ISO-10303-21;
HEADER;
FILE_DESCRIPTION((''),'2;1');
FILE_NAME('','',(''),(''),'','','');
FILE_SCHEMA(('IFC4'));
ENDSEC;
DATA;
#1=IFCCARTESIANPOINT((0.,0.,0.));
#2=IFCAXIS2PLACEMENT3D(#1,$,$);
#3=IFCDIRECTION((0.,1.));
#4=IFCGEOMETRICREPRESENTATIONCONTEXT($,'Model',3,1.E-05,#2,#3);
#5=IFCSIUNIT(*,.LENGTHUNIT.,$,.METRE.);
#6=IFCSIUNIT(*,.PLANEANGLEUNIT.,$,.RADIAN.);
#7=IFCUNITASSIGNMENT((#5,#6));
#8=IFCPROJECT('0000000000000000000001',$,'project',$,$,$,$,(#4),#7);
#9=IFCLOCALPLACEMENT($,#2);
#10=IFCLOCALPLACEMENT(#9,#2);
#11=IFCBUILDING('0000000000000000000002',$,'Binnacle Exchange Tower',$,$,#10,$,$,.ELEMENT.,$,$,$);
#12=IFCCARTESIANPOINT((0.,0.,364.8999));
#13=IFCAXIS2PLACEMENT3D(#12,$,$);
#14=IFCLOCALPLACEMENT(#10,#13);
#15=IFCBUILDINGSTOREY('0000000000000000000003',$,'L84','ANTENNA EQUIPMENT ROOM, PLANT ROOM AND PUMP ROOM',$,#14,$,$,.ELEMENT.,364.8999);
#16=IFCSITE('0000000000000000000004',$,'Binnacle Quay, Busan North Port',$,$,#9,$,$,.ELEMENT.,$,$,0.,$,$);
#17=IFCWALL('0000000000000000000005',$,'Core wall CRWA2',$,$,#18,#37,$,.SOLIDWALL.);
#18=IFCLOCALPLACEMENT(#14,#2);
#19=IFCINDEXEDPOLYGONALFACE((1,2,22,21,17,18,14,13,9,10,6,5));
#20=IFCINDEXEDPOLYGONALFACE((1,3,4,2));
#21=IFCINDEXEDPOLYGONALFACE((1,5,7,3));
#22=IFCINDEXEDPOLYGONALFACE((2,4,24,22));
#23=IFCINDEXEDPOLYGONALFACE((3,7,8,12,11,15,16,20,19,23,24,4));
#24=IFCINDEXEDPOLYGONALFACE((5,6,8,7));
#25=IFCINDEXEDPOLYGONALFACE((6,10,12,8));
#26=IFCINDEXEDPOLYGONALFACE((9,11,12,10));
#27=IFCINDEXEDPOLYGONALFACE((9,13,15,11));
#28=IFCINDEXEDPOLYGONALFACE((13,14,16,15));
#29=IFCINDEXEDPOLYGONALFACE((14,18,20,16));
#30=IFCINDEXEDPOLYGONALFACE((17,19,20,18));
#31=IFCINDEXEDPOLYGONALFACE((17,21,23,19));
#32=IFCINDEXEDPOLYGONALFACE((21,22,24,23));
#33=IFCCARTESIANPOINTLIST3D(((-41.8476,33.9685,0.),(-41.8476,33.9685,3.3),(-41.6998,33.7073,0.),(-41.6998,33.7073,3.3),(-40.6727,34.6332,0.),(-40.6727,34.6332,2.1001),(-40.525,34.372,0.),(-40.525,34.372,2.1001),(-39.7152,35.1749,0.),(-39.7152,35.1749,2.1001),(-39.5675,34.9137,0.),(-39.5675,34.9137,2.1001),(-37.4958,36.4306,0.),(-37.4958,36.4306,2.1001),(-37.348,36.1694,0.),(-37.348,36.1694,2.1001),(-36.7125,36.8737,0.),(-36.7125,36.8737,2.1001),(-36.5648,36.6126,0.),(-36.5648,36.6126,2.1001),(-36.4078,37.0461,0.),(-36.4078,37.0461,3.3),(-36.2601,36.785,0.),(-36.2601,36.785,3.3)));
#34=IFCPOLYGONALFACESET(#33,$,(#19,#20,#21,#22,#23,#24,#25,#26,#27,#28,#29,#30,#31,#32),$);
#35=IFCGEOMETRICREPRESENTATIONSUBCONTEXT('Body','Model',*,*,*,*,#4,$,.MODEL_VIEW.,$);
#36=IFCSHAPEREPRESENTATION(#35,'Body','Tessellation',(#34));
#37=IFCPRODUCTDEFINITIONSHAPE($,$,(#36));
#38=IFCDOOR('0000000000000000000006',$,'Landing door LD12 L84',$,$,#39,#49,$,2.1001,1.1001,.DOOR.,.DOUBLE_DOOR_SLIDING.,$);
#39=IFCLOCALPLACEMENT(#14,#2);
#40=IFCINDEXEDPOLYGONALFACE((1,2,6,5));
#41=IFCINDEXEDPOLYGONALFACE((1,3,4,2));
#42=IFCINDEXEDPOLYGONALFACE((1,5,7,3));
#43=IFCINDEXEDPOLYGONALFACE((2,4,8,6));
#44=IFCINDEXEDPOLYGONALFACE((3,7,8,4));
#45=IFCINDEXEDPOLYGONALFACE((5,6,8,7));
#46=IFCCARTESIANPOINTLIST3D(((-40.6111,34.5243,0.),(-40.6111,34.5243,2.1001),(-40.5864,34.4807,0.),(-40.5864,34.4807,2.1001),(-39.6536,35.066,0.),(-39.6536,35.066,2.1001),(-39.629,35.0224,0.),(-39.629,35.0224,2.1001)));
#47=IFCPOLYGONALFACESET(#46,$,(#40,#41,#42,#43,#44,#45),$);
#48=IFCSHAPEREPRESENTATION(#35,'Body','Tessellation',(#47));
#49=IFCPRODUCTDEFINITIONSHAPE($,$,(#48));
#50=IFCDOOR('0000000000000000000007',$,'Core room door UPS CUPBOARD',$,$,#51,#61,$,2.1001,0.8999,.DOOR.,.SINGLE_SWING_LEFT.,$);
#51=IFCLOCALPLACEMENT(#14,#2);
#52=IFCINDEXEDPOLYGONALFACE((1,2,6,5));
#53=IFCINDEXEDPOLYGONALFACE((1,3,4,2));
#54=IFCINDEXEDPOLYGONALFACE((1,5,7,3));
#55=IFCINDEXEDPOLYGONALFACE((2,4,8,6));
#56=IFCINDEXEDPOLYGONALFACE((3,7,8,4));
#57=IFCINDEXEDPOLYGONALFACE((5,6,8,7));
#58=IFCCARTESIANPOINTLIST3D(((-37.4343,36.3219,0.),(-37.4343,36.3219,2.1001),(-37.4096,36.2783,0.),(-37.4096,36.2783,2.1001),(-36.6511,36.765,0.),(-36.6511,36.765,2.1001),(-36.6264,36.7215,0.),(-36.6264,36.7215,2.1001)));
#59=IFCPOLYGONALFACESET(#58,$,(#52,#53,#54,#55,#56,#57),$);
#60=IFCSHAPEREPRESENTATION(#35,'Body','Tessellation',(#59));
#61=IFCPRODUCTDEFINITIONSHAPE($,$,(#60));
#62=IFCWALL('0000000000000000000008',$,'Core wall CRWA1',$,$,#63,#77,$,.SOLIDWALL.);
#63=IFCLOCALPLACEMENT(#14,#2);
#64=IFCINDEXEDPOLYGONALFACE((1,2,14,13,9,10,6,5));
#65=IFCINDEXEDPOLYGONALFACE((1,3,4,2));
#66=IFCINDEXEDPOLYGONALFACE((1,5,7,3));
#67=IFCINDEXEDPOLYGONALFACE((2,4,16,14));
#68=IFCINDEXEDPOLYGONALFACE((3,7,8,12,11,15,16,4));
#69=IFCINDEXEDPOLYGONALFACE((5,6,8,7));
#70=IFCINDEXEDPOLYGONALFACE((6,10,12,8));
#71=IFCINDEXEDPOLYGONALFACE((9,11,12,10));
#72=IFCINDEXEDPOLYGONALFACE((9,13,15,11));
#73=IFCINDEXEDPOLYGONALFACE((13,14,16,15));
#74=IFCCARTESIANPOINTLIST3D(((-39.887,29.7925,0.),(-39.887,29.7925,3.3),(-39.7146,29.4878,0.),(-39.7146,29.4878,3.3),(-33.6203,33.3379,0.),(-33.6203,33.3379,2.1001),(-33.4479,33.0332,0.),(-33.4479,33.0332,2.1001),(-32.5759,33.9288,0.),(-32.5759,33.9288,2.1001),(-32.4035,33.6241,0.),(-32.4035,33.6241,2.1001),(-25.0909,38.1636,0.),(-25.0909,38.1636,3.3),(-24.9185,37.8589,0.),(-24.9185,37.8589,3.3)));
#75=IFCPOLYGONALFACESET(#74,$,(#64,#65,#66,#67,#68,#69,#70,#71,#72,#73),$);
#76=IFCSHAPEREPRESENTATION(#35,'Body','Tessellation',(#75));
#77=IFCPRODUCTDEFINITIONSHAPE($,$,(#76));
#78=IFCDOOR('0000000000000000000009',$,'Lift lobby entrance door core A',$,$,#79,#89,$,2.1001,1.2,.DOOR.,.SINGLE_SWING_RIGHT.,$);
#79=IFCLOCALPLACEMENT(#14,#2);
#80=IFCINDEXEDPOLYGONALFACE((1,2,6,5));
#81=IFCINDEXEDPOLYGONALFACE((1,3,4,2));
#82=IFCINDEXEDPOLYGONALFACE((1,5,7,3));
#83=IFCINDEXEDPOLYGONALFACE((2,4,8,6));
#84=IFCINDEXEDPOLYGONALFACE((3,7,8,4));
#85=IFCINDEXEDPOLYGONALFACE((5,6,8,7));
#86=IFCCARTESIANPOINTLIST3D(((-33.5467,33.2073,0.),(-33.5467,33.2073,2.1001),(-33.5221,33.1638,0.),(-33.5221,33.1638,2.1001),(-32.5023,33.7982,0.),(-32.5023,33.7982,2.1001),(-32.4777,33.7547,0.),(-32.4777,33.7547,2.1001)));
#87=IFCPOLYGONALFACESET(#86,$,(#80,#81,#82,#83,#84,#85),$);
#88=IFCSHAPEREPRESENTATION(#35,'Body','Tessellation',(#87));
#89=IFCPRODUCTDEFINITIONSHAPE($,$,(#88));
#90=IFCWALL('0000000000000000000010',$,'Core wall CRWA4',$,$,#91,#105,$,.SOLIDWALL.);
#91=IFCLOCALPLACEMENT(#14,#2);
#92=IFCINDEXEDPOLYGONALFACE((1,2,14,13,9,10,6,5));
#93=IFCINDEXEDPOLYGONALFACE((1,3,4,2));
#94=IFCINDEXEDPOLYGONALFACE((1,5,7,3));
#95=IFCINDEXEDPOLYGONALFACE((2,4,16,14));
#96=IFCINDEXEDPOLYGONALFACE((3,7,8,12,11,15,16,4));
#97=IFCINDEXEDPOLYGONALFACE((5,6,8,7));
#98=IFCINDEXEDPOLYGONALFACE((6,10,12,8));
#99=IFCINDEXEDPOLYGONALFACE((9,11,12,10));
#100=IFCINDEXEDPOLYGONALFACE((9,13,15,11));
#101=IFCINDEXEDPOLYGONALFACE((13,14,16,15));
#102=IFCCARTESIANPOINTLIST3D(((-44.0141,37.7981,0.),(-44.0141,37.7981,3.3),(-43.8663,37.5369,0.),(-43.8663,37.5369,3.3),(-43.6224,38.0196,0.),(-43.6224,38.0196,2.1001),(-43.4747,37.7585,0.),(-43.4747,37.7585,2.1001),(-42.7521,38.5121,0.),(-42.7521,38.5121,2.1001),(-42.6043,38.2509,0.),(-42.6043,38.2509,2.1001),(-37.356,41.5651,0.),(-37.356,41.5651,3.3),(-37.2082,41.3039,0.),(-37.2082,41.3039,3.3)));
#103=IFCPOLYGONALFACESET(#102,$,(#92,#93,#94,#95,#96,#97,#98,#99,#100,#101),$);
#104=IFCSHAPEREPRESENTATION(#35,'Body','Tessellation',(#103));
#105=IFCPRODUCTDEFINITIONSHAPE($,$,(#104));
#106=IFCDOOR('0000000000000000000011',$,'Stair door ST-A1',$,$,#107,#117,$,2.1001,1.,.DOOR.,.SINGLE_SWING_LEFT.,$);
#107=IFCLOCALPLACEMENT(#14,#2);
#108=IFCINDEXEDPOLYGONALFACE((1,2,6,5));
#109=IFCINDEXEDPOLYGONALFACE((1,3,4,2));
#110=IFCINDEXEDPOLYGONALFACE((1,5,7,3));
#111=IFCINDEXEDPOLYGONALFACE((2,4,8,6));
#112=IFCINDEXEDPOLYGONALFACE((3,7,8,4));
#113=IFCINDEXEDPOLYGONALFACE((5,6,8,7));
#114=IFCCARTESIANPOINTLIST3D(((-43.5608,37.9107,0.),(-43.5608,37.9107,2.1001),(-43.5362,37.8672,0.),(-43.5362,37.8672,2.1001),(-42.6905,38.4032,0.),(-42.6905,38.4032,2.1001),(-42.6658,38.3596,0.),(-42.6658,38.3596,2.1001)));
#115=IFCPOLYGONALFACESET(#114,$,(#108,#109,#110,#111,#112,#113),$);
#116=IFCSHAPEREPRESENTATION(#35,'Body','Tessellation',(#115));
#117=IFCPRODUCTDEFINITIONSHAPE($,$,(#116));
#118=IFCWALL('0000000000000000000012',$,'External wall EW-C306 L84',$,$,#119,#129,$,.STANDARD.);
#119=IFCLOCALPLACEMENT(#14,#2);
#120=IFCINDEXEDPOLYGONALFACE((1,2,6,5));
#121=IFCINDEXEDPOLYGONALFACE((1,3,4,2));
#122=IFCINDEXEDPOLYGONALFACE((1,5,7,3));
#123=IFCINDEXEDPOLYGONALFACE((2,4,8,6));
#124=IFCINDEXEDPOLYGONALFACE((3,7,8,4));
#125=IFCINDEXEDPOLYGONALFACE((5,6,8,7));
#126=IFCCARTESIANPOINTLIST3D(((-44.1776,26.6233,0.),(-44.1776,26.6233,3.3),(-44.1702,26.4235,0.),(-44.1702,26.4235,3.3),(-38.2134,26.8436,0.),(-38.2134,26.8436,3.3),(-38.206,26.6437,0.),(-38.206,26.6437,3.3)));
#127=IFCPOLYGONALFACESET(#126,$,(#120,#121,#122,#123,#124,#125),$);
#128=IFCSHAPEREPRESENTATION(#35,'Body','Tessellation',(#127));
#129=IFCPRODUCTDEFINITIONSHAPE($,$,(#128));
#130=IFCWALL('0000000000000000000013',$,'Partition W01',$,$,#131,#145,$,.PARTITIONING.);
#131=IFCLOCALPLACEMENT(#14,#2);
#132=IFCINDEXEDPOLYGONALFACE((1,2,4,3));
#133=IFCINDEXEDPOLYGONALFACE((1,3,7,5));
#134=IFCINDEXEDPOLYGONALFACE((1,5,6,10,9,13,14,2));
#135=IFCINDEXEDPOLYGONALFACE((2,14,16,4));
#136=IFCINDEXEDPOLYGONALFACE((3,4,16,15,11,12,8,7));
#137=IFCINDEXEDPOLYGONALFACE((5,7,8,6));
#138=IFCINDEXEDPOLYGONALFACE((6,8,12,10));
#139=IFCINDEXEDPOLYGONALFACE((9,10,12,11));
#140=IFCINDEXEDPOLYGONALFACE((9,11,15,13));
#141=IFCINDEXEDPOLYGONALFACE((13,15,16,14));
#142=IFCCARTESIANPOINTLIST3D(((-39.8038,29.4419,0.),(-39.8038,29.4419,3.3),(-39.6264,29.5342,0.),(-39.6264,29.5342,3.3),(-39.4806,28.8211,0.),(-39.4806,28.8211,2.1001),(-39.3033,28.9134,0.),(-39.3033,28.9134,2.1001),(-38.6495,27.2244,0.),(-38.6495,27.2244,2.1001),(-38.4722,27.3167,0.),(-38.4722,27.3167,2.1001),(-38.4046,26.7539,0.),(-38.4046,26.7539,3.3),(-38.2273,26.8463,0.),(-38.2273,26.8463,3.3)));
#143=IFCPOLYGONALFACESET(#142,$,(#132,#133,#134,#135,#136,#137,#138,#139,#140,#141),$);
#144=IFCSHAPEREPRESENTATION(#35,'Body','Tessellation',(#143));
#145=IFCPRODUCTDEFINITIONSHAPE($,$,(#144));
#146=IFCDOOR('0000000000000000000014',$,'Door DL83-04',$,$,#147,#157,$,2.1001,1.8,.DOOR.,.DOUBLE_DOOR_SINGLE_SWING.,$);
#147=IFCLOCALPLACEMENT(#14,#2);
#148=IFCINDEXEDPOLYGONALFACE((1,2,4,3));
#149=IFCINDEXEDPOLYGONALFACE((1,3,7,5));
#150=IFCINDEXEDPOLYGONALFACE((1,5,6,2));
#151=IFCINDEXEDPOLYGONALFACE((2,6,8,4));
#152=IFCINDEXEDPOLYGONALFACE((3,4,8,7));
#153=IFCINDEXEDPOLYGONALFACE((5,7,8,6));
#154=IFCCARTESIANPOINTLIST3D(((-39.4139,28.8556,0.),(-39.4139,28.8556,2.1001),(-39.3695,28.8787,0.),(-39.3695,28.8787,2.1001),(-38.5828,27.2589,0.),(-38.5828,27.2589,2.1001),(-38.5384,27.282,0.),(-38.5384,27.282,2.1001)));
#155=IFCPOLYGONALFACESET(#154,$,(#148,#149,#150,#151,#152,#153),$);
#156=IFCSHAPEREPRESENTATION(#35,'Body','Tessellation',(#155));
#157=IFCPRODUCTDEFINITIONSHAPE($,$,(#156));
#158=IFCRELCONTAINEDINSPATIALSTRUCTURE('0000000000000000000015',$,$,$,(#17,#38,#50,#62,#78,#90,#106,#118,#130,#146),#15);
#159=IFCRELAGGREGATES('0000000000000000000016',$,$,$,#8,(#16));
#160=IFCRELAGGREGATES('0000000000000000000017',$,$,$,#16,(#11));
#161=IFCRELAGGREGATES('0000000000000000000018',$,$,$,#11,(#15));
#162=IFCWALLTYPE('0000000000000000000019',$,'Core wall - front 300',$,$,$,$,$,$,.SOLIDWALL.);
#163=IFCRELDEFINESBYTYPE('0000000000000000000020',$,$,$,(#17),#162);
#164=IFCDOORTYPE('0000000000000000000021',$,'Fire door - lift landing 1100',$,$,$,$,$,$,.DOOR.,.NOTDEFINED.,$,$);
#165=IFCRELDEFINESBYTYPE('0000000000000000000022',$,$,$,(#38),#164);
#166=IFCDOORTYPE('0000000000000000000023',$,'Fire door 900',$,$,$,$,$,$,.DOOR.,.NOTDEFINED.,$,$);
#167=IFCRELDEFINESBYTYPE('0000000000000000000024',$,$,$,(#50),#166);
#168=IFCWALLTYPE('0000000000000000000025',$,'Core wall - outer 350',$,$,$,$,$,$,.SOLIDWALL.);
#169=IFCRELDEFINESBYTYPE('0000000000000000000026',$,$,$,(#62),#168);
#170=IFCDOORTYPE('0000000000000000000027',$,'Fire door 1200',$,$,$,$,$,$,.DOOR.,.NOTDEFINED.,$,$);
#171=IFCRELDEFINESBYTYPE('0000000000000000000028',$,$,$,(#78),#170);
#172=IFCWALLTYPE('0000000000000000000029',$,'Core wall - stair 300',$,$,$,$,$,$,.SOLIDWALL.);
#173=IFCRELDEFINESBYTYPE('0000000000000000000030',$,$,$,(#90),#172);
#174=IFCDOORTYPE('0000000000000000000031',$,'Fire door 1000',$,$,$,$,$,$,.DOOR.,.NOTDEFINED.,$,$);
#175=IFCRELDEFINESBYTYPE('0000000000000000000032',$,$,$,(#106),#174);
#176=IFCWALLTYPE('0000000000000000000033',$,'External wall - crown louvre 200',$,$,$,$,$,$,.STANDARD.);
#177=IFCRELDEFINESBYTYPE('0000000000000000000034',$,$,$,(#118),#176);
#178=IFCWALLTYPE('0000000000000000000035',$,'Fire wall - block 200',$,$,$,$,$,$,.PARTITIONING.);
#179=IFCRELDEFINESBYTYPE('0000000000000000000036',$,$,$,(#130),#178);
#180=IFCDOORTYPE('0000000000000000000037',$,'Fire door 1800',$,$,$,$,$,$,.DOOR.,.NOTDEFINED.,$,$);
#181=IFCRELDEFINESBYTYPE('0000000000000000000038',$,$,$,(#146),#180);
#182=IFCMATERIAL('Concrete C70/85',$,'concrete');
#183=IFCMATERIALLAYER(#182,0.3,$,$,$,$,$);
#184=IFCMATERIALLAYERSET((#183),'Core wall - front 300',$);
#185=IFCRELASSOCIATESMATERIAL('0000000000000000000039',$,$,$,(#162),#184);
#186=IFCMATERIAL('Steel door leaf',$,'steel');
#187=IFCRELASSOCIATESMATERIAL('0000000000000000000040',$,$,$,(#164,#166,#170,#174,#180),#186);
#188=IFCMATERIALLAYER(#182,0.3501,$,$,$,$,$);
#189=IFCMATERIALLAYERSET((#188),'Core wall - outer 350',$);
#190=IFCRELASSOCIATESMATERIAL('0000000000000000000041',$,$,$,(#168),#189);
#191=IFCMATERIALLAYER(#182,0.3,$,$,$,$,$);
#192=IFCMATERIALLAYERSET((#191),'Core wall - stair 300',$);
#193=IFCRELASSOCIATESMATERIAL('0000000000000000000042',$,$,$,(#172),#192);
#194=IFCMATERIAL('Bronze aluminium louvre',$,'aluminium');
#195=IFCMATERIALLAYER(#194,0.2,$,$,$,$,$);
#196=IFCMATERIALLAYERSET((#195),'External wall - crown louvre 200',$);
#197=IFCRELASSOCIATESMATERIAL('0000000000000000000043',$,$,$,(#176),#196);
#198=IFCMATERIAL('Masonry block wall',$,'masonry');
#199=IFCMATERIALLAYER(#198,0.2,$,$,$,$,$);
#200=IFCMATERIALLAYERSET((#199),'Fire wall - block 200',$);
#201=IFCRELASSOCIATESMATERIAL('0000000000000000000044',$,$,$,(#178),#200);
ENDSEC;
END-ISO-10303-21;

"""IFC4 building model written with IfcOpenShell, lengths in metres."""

from ifc_helpers import new_model, si_unit, direction, frame, frame_2d, origin, place, context, subcontext, project, spatial, rectangle, extrude, material, layer, layer_set, type_object, element, fill, save


model = new_model("IFC4")

# Units and contexts
model_context = context("Model", 3, precision=1e-05, world=origin(), true_north=direction((0.0, 1.0)))
body_context = subcontext(model_context, "Body", "Model", "MODEL_VIEW")
ifc_project = project(units=[si_unit("LENGTHUNIT", "METRE"), si_unit("PLANEANGLEUNIT", "RADIAN")], contexts=[model_context])

# Site, building, storey
site_placement = place(None, origin())
site = spatial("IfcSite", under=ifc_project, at=site_placement, Name="Binnacle Quay, Busan North Port", CompositionType="ELEMENT", RefElevation=0.0)
building_placement = place(site_placement, origin())
building = spatial("IfcBuilding", under=site, at=building_placement, Name="Binnacle Exchange Tower", CompositionType="ELEMENT")
storey_placement = place(building_placement, frame((0.0, 0.0, 364.8999)))
storey = spatial("IfcBuildingStorey", under=building, at=storey_placement, Name="L84", Description="ANTENNA EQUIPMENT ROOM, PLANT ROOM AND PUMP ROOM", CompositionType="ELEMENT", Elevation=364.8999)

# Wall, openings, doors
ifc_material_1 = material(Name="Concrete C70/85", Category="concrete")
ifc_layer_1 = layer(ifc_material_1, 0.3)
ifc_layer_set_1 = layer_set([ifc_layer_1], Name="Core wall - front 300")
wall_type_1 = type_object("IfcWallType", Name="Core wall - front 300", PredefinedType="SOLIDWALL", material=ifc_layer_set_1)
wall_1_placement = place(storey_placement, frame((-41.7737, 33.8379, 0.0), z_axis=(0.0, 0.0, 1.0), x_axis=(0.870355, 0.492424, 0.0)))
wall_1 = element("IfcWall", 1, at=wall_1_placement, inside=storey, type_object=wall_type_1, Name="Core wall CRWA2", PredefinedType="SOLIDWALL", context=body_context, shape_type="SweptSolid", body=[
    extrude(rectangle(XDim=6.25, YDim=0.3, at=frame_2d((3.125, 0.0))), origin(), (0.0, 0.0, 1.0), 3.3),
])
opening_1_placement = place(wall_1_placement, frame((1.3499, 0.0, 0.0)))
opening_1 = element("IfcOpeningElement", 2, at=opening_1_placement, cuts=wall_1, PredefinedType="OPENING", context=body_context, shape_type="SweptSolid", body=[
    extrude(rectangle(XDim=1.1001, YDim=2.1001, at=frame_2d((0.55, 1.05))), frame((0.0, 0.1599, 0.0), z_axis=(0.0, -1.0, 0.0), x_axis=(1.0, 0.0, 0.0)), (0.0, 0.0, 1.0), 0.3201),
])
opening_2_placement = place(wall_1_placement, frame((5.0, 0.0, 0.0)))
opening_2 = element("IfcOpeningElement", 3, at=opening_2_placement, cuts=wall_1, PredefinedType="OPENING", context=body_context, shape_type="SweptSolid", body=[
    extrude(rectangle(XDim=0.8999, YDim=2.1001, at=frame_2d((0.45, 1.05))), frame((0.0, 0.1599, 0.0), z_axis=(0.0, -1.0, 0.0), x_axis=(1.0, 0.0, 0.0)), (0.0, 0.0, 1.0), 0.3201),
])
ifc_material_2 = material(Name="Steel door leaf", Category="steel")
door_type_1 = type_object("IfcDoorType", Name="Fire door - lift landing 1100", OperationType="NOTDEFINED", PredefinedType="DOOR", material=ifc_material_2)
door_1_placement = place(opening_1_placement, origin())
door_1 = element("IfcDoor", 4, at=door_1_placement, inside=storey, type_object=door_type_1, Name="Landing door LD12 L84", OperationType="DOUBLE_DOOR_SLIDING", OverallHeight=2.1001, OverallWidth=1.1001, PredefinedType="DOOR", context=body_context, shape_type="SweptSolid", body=[
    extrude(rectangle(XDim=1.1001, YDim=2.1001, at=frame_2d((0.55, 1.05))), frame((0.0, 0.0249, 0.0), z_axis=(0.0, -1.0, 0.0), x_axis=(1.0, 0.0, 0.0)), (0.0, 0.0, 1.0), 0.05),
])
fill(opening_1, door_1)
door_type_2 = type_object("IfcDoorType", Name="Fire door 900", OperationType="NOTDEFINED", PredefinedType="DOOR", material=ifc_material_2)
door_2_placement = place(opening_2_placement, frame((0.8999, 0.0, 0.0), z_axis=(0.0, 0.0, 1.0), x_axis=(-1.0, 0.0, 0.0)))
door_2 = element("IfcDoor", 5, at=door_2_placement, inside=storey, type_object=door_type_2, Name="Core room door UPS CUPBOARD", OperationType="SINGLE_SWING_LEFT", OverallHeight=2.1001, OverallWidth=0.8999, PredefinedType="DOOR", context=body_context, shape_type="SweptSolid", body=[
    extrude(rectangle(XDim=0.8999, YDim=2.1001, at=frame_2d((0.45, 1.05))), frame((0.0, 0.0249, 0.0), z_axis=(0.0, -1.0, 0.0), x_axis=(1.0, 0.0, 0.0)), (0.0, 0.0, 1.0), 0.05),
])
fill(opening_2, door_2)

# Walls, openings, doors
ifc_layer_2 = layer(ifc_material_1, 0.3501)
ifc_layer_set_2 = layer_set([ifc_layer_2], Name="Core wall - outer 350")
wall_type_2 = type_object("IfcWallType", Name="Core wall - outer 350", PredefinedType="SOLIDWALL", material=ifc_layer_set_2)
wall_2_placement = place(storey_placement, frame((-39.8008, 29.6401, 0.0), z_axis=(0.0, 0.0, 1.0), x_axis=(0.87036, 0.492416, 0.0)))
wall_2 = element("IfcWall", 6, at=wall_2_placement, inside=storey, type_object=wall_type_2, Name="Core wall CRWA1", PredefinedType="SOLIDWALL", context=body_context, shape_type="SweptSolid", body=[
    extrude(rectangle(XDim=17.0, YDim=0.3501, at=frame_2d((8.5, 0.0))), origin(), (0.0, 0.0, 1.0), 3.3),
])
opening_3_placement = place(wall_2_placement, frame((7.2, 0.0, 0.0)))
opening_3 = element("IfcOpeningElement", 7, at=opening_3_placement, cuts=wall_2, PredefinedType="OPENING", context=body_context, shape_type="SweptSolid", body=[
    extrude(rectangle(XDim=1.2, YDim=2.1001, at=frame_2d((0.6001, 1.05))), frame((0.0, 0.1851, 0.0), z_axis=(0.0, -1.0, 0.0), x_axis=(1.0, 0.0, 0.0)), (0.0, 0.0, 1.0), 0.3701),
])
door_type_3 = type_object("IfcDoorType", Name="Fire door 1200", OperationType="NOTDEFINED", PredefinedType="DOOR", material=ifc_material_2)
door_3_placement = place(opening_3_placement, frame((1.2, 0.0, 0.0), z_axis=(0.0, 0.0, 1.0), x_axis=(-1.0, 0.0, 0.0)))
door_3 = element("IfcDoor", 8, at=door_3_placement, inside=storey, type_object=door_type_3, Name="Lift lobby entrance door core A", OperationType="SINGLE_SWING_RIGHT", OverallHeight=2.1001, OverallWidth=1.2, PredefinedType="DOOR", context=body_context, shape_type="SweptSolid", body=[
    extrude(rectangle(XDim=1.2, YDim=2.1001, at=frame_2d((0.6001, 1.05))), frame((0.0, 0.0249, 0.0), z_axis=(0.0, -1.0, 0.0), x_axis=(1.0, 0.0, 0.0)), (0.0, 0.0, 1.0), 0.05),
])
fill(opening_3, door_3)
ifc_layer_3 = layer(ifc_material_1, 0.3)
ifc_layer_set_3 = layer_set([ifc_layer_3], Name="Core wall - stair 300")
wall_type_3 = type_object("IfcWallType", Name="Core wall - stair 300", PredefinedType="SOLIDWALL", material=ifc_layer_set_3)
wall_3_placement = place(storey_placement, frame((-43.9402, 37.6675, 0.0), z_axis=(0.0, 0.0, 1.0), x_axis=(0.870352, 0.492429, 0.0)))
wall_3 = element("IfcWall", 9, at=wall_3_placement, inside=storey, type_object=wall_type_3, Name="Core wall CRWA4", PredefinedType="SOLIDWALL", context=body_context, shape_type="SweptSolid", body=[
    extrude(rectangle(XDim=7.6499, YDim=0.3, at=frame_2d((3.825, 0.0))), origin(), (0.0, 0.0, 1.0), 3.3),
])
opening_4_placement = place(wall_3_placement, frame((0.45, 0.0, 0.0)))
opening_4 = element("IfcOpeningElement", 10, at=opening_4_placement, cuts=wall_3, PredefinedType="OPENING", context=body_context, shape_type="SweptSolid", body=[
    extrude(rectangle(XDim=1.0, YDim=2.1001, at=frame_2d((0.5, 1.05))), frame((0.0, 0.1599, 0.0), z_axis=(0.0, -1.0, 0.0), x_axis=(1.0, 0.0, 0.0)), (0.0, 0.0, 1.0), 0.3201),
])
door_type_4 = type_object("IfcDoorType", Name="Fire door 1000", OperationType="NOTDEFINED", PredefinedType="DOOR", material=ifc_material_2)
door_4_placement = place(opening_4_placement, origin())
door_4 = element("IfcDoor", 11, at=door_4_placement, inside=storey, type_object=door_type_4, Name="Stair door ST-A1", OperationType="SINGLE_SWING_LEFT", OverallHeight=2.1001, OverallWidth=1.0, PredefinedType="DOOR", context=body_context, shape_type="SweptSolid", body=[
    extrude(rectangle(XDim=1.0, YDim=2.1001, at=frame_2d((0.5, 1.05))), frame((0.0, 0.0249, 0.0), z_axis=(0.0, -1.0, 0.0), x_axis=(1.0, 0.0, 0.0)), (0.0, 0.0, 1.0), 0.05),
])
fill(opening_4, door_4)

# Wall
ifc_material_3 = material(Name="Bronze aluminium louvre", Category="aluminium")
ifc_layer_4 = layer(ifc_material_3, 0.2)
ifc_layer_set_4 = layer_set([ifc_layer_4], Name="External wall - crown louvre 200")
wall_type_4 = type_object("IfcWallType", Name="External wall - crown louvre 200", PredefinedType="STANDARD", material=ifc_layer_set_4)
wall_4_placement = place(storey_placement, frame((-38.2097, 26.7437, 0.0), z_axis=(0.0, 0.0, 1.0), x_axis=(-0.999319, -0.036898, 0.0)))
element("IfcWall", 12, at=wall_4_placement, inside=storey, type_object=wall_type_4, Name="External wall EW-C306 L84", PredefinedType="STANDARD", context=body_context, shape_type="SweptSolid", body=[
    extrude(rectangle(XDim=5.9683, YDim=0.2, at=frame_2d((2.9841, 0.0))), origin(), (0.0, 0.0, 1.0), 3.3),
])

# Wall, opening, door
ifc_material_4 = material(Name="Masonry block wall", Category="masonry")
ifc_layer_5 = layer(ifc_material_4, 0.2)
ifc_layer_set_5 = layer_set([ifc_layer_5], Name="Fire wall - block 200")
wall_type_5 = type_object("IfcWallType", Name="Fire wall - block 200", PredefinedType="PARTITIONING", material=ifc_layer_set_5)
wall_5_placement = place(storey_placement, frame((-39.7151, 29.488, 0.0), z_axis=(0.0, 0.0, 1.0), x_axis=(0.461721, -0.887025, 0.0)))
wall_5 = element("IfcWall", 13, at=wall_5_placement, inside=storey, type_object=wall_type_5, Name="Partition W01", PredefinedType="PARTITIONING", context=body_context, shape_type="SweptSolid", body=[
    extrude(rectangle(XDim=3.0303, YDim=0.2, at=frame_2d((1.5151, 0.0))), origin(), (0.0, 0.0, 1.0), 3.3),
])
opening_5_placement = place(wall_5_placement, frame((0.7, 0.0, 0.0)))
opening_5 = element("IfcOpeningElement", 14, at=opening_5_placement, cuts=wall_5, PredefinedType="OPENING", context=body_context, shape_type="SweptSolid", body=[
    extrude(rectangle(XDim=1.8, YDim=2.1001, at=frame_2d((0.8999, 1.05))), frame((0.0, 0.1099, 0.0), z_axis=(0.0, -1.0, 0.0), x_axis=(1.0, 0.0, 0.0)), (0.0, 0.0, 1.0), 0.22),
])
door_type_5 = type_object("IfcDoorType", Name="Fire door 1800", OperationType="NOTDEFINED", PredefinedType="DOOR", material=ifc_material_2)
door_5_placement = place(opening_5_placement, frame((1.8, 0.0, 0.0), z_axis=(0.0, 0.0, 1.0), x_axis=(-1.0, 0.0, 0.0)))
door_5 = element("IfcDoor", 15, at=door_5_placement, inside=storey, type_object=door_type_5, Name="Door DL83-04", OperationType="DOUBLE_DOOR_SINGLE_SWING", OverallHeight=2.1001, OverallWidth=1.8, PredefinedType="DOOR", context=body_context, shape_type="SweptSolid", body=[
    extrude(rectangle(XDim=1.8, YDim=2.1001, at=frame_2d((0.8999, 1.05))), frame((0.0, 0.0249, 0.0), z_axis=(0.0, -1.0, 0.0), x_axis=(1.0, 0.0, 0.0)), (0.0, 0.0, 1.0), 0.05),
])
fill(opening_5, door_5)

save(model, "model.ifc")
